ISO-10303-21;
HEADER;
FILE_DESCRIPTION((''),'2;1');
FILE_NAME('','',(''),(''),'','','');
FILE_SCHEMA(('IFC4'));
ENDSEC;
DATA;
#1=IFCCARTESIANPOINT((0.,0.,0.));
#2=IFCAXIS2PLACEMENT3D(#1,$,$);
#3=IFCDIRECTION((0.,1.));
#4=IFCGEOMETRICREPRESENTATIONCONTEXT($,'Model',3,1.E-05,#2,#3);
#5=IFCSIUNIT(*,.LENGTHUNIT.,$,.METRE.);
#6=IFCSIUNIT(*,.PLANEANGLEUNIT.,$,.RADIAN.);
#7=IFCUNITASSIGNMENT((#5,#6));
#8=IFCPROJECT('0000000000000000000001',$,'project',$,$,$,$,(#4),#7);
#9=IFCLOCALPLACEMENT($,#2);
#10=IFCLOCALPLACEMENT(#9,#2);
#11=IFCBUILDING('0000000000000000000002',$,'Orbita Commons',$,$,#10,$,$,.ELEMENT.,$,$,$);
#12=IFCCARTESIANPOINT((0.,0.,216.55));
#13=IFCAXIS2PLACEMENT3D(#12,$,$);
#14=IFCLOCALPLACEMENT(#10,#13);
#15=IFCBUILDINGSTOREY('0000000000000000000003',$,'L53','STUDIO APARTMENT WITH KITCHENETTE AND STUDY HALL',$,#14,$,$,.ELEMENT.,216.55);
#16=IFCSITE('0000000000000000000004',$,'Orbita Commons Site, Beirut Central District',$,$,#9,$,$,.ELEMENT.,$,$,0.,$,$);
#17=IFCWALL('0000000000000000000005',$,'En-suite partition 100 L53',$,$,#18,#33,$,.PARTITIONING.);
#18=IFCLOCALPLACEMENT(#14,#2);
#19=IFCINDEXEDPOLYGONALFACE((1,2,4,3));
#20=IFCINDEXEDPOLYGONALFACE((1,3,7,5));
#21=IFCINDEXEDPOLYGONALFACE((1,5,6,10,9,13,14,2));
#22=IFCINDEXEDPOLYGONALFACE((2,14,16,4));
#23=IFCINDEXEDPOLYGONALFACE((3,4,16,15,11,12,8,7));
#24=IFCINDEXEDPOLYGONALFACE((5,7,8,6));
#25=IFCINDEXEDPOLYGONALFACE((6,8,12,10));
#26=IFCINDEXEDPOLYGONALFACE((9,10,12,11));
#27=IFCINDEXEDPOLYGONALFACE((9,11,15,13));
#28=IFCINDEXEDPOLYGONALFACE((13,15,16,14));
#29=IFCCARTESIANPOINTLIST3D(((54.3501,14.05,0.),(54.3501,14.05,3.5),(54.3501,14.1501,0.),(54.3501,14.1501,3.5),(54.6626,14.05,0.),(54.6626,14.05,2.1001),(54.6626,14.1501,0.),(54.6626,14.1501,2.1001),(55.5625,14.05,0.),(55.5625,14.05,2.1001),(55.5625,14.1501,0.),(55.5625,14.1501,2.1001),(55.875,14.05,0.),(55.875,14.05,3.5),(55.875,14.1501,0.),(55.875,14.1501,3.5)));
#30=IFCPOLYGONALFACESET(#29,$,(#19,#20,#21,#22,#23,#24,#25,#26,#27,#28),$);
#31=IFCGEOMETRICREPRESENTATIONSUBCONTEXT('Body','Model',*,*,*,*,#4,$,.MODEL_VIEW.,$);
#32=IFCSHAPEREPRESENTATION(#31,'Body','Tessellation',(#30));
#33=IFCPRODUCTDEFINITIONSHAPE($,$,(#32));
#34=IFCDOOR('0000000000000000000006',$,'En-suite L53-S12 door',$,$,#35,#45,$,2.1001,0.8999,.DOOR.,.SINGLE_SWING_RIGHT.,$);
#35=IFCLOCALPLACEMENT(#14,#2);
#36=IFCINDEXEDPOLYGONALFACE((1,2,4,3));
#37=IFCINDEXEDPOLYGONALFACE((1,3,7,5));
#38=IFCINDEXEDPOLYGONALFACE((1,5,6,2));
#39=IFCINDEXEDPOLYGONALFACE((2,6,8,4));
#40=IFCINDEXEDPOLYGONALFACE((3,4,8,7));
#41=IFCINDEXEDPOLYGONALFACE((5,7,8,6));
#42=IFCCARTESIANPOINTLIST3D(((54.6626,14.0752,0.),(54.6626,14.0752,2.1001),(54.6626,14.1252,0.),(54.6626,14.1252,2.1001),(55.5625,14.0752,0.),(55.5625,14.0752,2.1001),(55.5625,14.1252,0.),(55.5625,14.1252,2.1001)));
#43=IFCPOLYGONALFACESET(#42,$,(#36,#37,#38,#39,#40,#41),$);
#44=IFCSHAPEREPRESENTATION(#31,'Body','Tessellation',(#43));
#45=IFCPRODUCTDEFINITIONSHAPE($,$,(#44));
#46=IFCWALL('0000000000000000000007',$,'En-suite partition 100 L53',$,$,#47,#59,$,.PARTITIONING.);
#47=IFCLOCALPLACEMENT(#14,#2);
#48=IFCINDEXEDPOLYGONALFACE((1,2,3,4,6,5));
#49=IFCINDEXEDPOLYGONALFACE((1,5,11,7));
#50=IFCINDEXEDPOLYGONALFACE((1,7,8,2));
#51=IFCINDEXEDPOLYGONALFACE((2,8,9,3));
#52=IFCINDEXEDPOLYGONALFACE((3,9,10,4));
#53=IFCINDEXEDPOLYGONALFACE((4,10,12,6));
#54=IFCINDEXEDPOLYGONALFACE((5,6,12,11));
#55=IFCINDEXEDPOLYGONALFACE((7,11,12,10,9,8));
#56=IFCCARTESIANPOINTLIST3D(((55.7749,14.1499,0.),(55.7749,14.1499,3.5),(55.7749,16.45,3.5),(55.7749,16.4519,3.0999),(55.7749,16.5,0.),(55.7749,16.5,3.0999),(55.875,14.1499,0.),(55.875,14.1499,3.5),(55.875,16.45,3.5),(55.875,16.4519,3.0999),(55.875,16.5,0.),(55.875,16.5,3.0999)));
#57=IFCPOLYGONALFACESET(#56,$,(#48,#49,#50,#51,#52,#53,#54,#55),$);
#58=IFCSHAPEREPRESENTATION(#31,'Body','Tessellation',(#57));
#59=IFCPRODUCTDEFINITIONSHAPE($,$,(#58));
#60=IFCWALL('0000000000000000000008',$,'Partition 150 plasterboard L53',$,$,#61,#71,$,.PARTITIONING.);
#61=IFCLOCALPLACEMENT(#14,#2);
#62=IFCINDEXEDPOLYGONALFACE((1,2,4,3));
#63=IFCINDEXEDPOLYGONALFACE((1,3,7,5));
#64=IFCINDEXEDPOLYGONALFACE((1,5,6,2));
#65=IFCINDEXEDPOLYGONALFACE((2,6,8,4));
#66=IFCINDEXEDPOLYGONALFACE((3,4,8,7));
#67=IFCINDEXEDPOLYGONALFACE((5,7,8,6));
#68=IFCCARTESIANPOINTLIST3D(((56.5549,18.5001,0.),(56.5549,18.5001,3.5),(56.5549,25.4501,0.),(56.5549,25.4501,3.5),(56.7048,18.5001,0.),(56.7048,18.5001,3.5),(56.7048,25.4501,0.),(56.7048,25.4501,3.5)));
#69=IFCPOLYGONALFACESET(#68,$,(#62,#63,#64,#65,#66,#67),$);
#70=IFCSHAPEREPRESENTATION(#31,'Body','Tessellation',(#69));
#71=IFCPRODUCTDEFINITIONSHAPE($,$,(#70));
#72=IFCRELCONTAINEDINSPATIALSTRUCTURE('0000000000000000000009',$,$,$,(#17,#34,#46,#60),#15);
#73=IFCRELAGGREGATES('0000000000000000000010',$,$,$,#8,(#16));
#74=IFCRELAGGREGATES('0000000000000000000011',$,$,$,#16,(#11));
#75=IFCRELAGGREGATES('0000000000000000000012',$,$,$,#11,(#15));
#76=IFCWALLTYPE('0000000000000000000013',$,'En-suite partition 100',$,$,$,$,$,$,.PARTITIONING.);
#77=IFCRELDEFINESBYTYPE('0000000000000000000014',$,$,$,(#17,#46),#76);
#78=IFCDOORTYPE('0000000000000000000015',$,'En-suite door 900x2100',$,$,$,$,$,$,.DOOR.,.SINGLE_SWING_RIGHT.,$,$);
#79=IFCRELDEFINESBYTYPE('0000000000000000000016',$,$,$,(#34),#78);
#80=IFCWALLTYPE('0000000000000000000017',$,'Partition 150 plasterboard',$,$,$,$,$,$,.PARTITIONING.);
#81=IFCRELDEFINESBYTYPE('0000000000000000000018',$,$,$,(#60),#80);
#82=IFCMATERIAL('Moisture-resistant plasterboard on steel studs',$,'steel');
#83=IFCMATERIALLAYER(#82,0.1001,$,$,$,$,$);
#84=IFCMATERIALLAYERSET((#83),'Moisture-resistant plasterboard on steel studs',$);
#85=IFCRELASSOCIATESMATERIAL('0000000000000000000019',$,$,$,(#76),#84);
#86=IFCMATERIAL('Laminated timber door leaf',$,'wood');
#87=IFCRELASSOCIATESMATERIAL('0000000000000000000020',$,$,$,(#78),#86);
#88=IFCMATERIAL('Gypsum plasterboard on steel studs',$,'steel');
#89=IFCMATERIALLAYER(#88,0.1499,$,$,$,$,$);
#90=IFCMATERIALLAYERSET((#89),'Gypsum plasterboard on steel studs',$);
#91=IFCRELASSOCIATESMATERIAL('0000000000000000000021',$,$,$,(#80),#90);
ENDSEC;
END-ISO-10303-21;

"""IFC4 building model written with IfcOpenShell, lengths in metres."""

from ifc_helpers import new_model, si_unit, direction, frame, frame_2d, origin, place, context, subcontext, project, spatial, polyline, rectangle, outline, extrude, material, layer, layer_set, type_object, element, fill, save


model = new_model("IFC4")

# Units and contexts
model_context = context("Model", 3, precision=1e-05, world=origin(), true_north=direction((0.0, 1.0)))
body_context = subcontext(model_context, "Body", "Model", "MODEL_VIEW")
ifc_project = project(units=[si_unit("LENGTHUNIT", "METRE"), si_unit("PLANEANGLEUNIT", "RADIAN")], contexts=[model_context])

# Site, building, storey
site_placement = place(None, origin())
site = spatial("IfcSite", under=ifc_project, at=site_placement, Name="Orbita Commons Site, Beirut Central District", CompositionType="ELEMENT", RefElevation=0.0)
building_placement = place(site_placement, origin())
building = spatial("IfcBuilding", under=site, at=building_placement, Name="Orbita Commons", CompositionType="ELEMENT")
storey_placement = place(building_placement, frame((0.0, 0.0, 216.55)))
storey = spatial("IfcBuildingStorey", under=building, at=storey_placement, Name="L53", Description="STUDIO APARTMENT WITH KITCHENETTE AND STUDY HALL", CompositionType="ELEMENT", Elevation=216.55)

# Shared definitions
ifc_material_1 = material(Name="Moisture-resistant plasterboard on steel studs", Category="steel")
ifc_layer_1 = layer(ifc_material_1, 0.1001)
ifc_layer_set_1 = layer_set([ifc_layer_1], Name="Moisture-resistant plasterboard on steel studs")
wall_type_1 = type_object("IfcWallType", Name="En-suite partition 100", PredefinedType="PARTITIONING", material=ifc_layer_set_1)
ifc_material_2 = material(Name="Laminated timber door leaf", Category="wood")
door_type_1 = type_object("IfcDoorType", Name="En-suite door 900x2100", OperationType="SINGLE_SWING_RIGHT", PredefinedType="DOOR", material=ifc_material_2)

# Wall, opening, door
wall_1_placement = place(storey_placement, frame((55.875, 14.1001, 0.0), z_axis=(0.0, 0.0, 1.0), x_axis=(-1.0, 0.0, 0.0)))
wall_1 = element("IfcWall", 1, at=wall_1_placement, inside=storey, type_object=wall_type_1, Name="En-suite partition 100 L53", PredefinedType="PARTITIONING", context=body_context, shape_type="SweptSolid", body=[
    extrude(rectangle(XDim=1.5249, YDim=0.1001, at=frame_2d((0.7625, 0.0))), origin(), (0.0, 0.0, 1.0), 3.5),
])
opening_1_placement = place(wall_1_placement, frame((0.3125, 0.0, 0.0)))
opening_1 = element("IfcOpeningElement", 2, at=opening_1_placement, cuts=wall_1, PredefinedType="OPENING", context=body_context, shape_type="SweptSolid", body=[
    extrude(rectangle(XDim=0.8999, YDim=2.1001, at=frame_2d((0.45, 1.05))), frame((0.0, 0.0601, 0.0), z_axis=(0.0, -1.0, 0.0), x_axis=(1.0, 0.0, 0.0)), (0.0, 0.0, 1.0), 0.1201),
])
door_1_placement = place(opening_1_placement, origin())
door_1 = element("IfcDoor", 3, at=door_1_placement, inside=storey, type_object=door_type_1, Name="En-suite L53-S12 door", OperationType="SINGLE_SWING_RIGHT", OverallHeight=2.1001, OverallWidth=0.8999, PredefinedType="DOOR", context=body_context, shape_type="SweptSolid", body=[
    extrude(rectangle(XDim=0.8999, YDim=2.1001, at=frame_2d((0.45, 1.05))), frame((0.0, 0.0249, 0.0), z_axis=(0.0, -1.0, 0.0), x_axis=(1.0, 0.0, 0.0)), (0.0, 0.0, 1.0), 0.05),
])
fill(opening_1, door_1)

# Walls
wall_2_placement = place(storey_placement, frame((55.825, 14.1499, 0.0), z_axis=(0.0, 0.0, 1.0), x_axis=(0.0, 1.0, 0.0)))
element("IfcWall", 4, at=wall_2_placement, inside=storey, type_object=wall_type_1, Name="En-suite partition 100 L53", PredefinedType="PARTITIONING", context=body_context, shape_type="SweptSolid", body=[
    extrude(outline(polyline([(0.0, 0.0), (2.3501, 0.0), (2.3501, 3.0999), (2.302, 3.0999), (2.3, 3.5), (0.0, 3.5), (0.0, 0.0)])), frame((0.0, 0.05, 0.0), z_axis=(0.0, -1.0, 0.0), x_axis=(1.0, 0.0, 0.0)), (0.0, 0.0, 1.0), 0.1001),
])
ifc_material_3 = material(Name="Gypsum plasterboard on steel studs", Category="steel")
ifc_layer_2 = layer(ifc_material_3, 0.1499)
ifc_layer_set_2 = layer_set([ifc_layer_2], Name="Gypsum plasterboard on steel studs")
wall_type_2 = type_object("IfcWallType", Name="Partition 150 plasterboard", PredefinedType="PARTITIONING", material=ifc_layer_set_2)
wall_3_placement = place(storey_placement, frame((56.6299, 18.5, 0.0), z_axis=(0.0, 0.0, 1.0), x_axis=(0.0, 1.0, 0.0)))
element("IfcWall", 5, at=wall_3_placement, inside=storey, type_object=wall_type_2, Name="Partition 150 plasterboard L53", PredefinedType="PARTITIONING", context=body_context, shape_type="SweptSolid", body=[
    extrude(rectangle(XDim=6.95, YDim=0.1499, at=frame_2d((3.4751, 0.0))), origin(), (0.0, 0.0, 1.0), 3.5),
])

save(model, "model.ifc")
